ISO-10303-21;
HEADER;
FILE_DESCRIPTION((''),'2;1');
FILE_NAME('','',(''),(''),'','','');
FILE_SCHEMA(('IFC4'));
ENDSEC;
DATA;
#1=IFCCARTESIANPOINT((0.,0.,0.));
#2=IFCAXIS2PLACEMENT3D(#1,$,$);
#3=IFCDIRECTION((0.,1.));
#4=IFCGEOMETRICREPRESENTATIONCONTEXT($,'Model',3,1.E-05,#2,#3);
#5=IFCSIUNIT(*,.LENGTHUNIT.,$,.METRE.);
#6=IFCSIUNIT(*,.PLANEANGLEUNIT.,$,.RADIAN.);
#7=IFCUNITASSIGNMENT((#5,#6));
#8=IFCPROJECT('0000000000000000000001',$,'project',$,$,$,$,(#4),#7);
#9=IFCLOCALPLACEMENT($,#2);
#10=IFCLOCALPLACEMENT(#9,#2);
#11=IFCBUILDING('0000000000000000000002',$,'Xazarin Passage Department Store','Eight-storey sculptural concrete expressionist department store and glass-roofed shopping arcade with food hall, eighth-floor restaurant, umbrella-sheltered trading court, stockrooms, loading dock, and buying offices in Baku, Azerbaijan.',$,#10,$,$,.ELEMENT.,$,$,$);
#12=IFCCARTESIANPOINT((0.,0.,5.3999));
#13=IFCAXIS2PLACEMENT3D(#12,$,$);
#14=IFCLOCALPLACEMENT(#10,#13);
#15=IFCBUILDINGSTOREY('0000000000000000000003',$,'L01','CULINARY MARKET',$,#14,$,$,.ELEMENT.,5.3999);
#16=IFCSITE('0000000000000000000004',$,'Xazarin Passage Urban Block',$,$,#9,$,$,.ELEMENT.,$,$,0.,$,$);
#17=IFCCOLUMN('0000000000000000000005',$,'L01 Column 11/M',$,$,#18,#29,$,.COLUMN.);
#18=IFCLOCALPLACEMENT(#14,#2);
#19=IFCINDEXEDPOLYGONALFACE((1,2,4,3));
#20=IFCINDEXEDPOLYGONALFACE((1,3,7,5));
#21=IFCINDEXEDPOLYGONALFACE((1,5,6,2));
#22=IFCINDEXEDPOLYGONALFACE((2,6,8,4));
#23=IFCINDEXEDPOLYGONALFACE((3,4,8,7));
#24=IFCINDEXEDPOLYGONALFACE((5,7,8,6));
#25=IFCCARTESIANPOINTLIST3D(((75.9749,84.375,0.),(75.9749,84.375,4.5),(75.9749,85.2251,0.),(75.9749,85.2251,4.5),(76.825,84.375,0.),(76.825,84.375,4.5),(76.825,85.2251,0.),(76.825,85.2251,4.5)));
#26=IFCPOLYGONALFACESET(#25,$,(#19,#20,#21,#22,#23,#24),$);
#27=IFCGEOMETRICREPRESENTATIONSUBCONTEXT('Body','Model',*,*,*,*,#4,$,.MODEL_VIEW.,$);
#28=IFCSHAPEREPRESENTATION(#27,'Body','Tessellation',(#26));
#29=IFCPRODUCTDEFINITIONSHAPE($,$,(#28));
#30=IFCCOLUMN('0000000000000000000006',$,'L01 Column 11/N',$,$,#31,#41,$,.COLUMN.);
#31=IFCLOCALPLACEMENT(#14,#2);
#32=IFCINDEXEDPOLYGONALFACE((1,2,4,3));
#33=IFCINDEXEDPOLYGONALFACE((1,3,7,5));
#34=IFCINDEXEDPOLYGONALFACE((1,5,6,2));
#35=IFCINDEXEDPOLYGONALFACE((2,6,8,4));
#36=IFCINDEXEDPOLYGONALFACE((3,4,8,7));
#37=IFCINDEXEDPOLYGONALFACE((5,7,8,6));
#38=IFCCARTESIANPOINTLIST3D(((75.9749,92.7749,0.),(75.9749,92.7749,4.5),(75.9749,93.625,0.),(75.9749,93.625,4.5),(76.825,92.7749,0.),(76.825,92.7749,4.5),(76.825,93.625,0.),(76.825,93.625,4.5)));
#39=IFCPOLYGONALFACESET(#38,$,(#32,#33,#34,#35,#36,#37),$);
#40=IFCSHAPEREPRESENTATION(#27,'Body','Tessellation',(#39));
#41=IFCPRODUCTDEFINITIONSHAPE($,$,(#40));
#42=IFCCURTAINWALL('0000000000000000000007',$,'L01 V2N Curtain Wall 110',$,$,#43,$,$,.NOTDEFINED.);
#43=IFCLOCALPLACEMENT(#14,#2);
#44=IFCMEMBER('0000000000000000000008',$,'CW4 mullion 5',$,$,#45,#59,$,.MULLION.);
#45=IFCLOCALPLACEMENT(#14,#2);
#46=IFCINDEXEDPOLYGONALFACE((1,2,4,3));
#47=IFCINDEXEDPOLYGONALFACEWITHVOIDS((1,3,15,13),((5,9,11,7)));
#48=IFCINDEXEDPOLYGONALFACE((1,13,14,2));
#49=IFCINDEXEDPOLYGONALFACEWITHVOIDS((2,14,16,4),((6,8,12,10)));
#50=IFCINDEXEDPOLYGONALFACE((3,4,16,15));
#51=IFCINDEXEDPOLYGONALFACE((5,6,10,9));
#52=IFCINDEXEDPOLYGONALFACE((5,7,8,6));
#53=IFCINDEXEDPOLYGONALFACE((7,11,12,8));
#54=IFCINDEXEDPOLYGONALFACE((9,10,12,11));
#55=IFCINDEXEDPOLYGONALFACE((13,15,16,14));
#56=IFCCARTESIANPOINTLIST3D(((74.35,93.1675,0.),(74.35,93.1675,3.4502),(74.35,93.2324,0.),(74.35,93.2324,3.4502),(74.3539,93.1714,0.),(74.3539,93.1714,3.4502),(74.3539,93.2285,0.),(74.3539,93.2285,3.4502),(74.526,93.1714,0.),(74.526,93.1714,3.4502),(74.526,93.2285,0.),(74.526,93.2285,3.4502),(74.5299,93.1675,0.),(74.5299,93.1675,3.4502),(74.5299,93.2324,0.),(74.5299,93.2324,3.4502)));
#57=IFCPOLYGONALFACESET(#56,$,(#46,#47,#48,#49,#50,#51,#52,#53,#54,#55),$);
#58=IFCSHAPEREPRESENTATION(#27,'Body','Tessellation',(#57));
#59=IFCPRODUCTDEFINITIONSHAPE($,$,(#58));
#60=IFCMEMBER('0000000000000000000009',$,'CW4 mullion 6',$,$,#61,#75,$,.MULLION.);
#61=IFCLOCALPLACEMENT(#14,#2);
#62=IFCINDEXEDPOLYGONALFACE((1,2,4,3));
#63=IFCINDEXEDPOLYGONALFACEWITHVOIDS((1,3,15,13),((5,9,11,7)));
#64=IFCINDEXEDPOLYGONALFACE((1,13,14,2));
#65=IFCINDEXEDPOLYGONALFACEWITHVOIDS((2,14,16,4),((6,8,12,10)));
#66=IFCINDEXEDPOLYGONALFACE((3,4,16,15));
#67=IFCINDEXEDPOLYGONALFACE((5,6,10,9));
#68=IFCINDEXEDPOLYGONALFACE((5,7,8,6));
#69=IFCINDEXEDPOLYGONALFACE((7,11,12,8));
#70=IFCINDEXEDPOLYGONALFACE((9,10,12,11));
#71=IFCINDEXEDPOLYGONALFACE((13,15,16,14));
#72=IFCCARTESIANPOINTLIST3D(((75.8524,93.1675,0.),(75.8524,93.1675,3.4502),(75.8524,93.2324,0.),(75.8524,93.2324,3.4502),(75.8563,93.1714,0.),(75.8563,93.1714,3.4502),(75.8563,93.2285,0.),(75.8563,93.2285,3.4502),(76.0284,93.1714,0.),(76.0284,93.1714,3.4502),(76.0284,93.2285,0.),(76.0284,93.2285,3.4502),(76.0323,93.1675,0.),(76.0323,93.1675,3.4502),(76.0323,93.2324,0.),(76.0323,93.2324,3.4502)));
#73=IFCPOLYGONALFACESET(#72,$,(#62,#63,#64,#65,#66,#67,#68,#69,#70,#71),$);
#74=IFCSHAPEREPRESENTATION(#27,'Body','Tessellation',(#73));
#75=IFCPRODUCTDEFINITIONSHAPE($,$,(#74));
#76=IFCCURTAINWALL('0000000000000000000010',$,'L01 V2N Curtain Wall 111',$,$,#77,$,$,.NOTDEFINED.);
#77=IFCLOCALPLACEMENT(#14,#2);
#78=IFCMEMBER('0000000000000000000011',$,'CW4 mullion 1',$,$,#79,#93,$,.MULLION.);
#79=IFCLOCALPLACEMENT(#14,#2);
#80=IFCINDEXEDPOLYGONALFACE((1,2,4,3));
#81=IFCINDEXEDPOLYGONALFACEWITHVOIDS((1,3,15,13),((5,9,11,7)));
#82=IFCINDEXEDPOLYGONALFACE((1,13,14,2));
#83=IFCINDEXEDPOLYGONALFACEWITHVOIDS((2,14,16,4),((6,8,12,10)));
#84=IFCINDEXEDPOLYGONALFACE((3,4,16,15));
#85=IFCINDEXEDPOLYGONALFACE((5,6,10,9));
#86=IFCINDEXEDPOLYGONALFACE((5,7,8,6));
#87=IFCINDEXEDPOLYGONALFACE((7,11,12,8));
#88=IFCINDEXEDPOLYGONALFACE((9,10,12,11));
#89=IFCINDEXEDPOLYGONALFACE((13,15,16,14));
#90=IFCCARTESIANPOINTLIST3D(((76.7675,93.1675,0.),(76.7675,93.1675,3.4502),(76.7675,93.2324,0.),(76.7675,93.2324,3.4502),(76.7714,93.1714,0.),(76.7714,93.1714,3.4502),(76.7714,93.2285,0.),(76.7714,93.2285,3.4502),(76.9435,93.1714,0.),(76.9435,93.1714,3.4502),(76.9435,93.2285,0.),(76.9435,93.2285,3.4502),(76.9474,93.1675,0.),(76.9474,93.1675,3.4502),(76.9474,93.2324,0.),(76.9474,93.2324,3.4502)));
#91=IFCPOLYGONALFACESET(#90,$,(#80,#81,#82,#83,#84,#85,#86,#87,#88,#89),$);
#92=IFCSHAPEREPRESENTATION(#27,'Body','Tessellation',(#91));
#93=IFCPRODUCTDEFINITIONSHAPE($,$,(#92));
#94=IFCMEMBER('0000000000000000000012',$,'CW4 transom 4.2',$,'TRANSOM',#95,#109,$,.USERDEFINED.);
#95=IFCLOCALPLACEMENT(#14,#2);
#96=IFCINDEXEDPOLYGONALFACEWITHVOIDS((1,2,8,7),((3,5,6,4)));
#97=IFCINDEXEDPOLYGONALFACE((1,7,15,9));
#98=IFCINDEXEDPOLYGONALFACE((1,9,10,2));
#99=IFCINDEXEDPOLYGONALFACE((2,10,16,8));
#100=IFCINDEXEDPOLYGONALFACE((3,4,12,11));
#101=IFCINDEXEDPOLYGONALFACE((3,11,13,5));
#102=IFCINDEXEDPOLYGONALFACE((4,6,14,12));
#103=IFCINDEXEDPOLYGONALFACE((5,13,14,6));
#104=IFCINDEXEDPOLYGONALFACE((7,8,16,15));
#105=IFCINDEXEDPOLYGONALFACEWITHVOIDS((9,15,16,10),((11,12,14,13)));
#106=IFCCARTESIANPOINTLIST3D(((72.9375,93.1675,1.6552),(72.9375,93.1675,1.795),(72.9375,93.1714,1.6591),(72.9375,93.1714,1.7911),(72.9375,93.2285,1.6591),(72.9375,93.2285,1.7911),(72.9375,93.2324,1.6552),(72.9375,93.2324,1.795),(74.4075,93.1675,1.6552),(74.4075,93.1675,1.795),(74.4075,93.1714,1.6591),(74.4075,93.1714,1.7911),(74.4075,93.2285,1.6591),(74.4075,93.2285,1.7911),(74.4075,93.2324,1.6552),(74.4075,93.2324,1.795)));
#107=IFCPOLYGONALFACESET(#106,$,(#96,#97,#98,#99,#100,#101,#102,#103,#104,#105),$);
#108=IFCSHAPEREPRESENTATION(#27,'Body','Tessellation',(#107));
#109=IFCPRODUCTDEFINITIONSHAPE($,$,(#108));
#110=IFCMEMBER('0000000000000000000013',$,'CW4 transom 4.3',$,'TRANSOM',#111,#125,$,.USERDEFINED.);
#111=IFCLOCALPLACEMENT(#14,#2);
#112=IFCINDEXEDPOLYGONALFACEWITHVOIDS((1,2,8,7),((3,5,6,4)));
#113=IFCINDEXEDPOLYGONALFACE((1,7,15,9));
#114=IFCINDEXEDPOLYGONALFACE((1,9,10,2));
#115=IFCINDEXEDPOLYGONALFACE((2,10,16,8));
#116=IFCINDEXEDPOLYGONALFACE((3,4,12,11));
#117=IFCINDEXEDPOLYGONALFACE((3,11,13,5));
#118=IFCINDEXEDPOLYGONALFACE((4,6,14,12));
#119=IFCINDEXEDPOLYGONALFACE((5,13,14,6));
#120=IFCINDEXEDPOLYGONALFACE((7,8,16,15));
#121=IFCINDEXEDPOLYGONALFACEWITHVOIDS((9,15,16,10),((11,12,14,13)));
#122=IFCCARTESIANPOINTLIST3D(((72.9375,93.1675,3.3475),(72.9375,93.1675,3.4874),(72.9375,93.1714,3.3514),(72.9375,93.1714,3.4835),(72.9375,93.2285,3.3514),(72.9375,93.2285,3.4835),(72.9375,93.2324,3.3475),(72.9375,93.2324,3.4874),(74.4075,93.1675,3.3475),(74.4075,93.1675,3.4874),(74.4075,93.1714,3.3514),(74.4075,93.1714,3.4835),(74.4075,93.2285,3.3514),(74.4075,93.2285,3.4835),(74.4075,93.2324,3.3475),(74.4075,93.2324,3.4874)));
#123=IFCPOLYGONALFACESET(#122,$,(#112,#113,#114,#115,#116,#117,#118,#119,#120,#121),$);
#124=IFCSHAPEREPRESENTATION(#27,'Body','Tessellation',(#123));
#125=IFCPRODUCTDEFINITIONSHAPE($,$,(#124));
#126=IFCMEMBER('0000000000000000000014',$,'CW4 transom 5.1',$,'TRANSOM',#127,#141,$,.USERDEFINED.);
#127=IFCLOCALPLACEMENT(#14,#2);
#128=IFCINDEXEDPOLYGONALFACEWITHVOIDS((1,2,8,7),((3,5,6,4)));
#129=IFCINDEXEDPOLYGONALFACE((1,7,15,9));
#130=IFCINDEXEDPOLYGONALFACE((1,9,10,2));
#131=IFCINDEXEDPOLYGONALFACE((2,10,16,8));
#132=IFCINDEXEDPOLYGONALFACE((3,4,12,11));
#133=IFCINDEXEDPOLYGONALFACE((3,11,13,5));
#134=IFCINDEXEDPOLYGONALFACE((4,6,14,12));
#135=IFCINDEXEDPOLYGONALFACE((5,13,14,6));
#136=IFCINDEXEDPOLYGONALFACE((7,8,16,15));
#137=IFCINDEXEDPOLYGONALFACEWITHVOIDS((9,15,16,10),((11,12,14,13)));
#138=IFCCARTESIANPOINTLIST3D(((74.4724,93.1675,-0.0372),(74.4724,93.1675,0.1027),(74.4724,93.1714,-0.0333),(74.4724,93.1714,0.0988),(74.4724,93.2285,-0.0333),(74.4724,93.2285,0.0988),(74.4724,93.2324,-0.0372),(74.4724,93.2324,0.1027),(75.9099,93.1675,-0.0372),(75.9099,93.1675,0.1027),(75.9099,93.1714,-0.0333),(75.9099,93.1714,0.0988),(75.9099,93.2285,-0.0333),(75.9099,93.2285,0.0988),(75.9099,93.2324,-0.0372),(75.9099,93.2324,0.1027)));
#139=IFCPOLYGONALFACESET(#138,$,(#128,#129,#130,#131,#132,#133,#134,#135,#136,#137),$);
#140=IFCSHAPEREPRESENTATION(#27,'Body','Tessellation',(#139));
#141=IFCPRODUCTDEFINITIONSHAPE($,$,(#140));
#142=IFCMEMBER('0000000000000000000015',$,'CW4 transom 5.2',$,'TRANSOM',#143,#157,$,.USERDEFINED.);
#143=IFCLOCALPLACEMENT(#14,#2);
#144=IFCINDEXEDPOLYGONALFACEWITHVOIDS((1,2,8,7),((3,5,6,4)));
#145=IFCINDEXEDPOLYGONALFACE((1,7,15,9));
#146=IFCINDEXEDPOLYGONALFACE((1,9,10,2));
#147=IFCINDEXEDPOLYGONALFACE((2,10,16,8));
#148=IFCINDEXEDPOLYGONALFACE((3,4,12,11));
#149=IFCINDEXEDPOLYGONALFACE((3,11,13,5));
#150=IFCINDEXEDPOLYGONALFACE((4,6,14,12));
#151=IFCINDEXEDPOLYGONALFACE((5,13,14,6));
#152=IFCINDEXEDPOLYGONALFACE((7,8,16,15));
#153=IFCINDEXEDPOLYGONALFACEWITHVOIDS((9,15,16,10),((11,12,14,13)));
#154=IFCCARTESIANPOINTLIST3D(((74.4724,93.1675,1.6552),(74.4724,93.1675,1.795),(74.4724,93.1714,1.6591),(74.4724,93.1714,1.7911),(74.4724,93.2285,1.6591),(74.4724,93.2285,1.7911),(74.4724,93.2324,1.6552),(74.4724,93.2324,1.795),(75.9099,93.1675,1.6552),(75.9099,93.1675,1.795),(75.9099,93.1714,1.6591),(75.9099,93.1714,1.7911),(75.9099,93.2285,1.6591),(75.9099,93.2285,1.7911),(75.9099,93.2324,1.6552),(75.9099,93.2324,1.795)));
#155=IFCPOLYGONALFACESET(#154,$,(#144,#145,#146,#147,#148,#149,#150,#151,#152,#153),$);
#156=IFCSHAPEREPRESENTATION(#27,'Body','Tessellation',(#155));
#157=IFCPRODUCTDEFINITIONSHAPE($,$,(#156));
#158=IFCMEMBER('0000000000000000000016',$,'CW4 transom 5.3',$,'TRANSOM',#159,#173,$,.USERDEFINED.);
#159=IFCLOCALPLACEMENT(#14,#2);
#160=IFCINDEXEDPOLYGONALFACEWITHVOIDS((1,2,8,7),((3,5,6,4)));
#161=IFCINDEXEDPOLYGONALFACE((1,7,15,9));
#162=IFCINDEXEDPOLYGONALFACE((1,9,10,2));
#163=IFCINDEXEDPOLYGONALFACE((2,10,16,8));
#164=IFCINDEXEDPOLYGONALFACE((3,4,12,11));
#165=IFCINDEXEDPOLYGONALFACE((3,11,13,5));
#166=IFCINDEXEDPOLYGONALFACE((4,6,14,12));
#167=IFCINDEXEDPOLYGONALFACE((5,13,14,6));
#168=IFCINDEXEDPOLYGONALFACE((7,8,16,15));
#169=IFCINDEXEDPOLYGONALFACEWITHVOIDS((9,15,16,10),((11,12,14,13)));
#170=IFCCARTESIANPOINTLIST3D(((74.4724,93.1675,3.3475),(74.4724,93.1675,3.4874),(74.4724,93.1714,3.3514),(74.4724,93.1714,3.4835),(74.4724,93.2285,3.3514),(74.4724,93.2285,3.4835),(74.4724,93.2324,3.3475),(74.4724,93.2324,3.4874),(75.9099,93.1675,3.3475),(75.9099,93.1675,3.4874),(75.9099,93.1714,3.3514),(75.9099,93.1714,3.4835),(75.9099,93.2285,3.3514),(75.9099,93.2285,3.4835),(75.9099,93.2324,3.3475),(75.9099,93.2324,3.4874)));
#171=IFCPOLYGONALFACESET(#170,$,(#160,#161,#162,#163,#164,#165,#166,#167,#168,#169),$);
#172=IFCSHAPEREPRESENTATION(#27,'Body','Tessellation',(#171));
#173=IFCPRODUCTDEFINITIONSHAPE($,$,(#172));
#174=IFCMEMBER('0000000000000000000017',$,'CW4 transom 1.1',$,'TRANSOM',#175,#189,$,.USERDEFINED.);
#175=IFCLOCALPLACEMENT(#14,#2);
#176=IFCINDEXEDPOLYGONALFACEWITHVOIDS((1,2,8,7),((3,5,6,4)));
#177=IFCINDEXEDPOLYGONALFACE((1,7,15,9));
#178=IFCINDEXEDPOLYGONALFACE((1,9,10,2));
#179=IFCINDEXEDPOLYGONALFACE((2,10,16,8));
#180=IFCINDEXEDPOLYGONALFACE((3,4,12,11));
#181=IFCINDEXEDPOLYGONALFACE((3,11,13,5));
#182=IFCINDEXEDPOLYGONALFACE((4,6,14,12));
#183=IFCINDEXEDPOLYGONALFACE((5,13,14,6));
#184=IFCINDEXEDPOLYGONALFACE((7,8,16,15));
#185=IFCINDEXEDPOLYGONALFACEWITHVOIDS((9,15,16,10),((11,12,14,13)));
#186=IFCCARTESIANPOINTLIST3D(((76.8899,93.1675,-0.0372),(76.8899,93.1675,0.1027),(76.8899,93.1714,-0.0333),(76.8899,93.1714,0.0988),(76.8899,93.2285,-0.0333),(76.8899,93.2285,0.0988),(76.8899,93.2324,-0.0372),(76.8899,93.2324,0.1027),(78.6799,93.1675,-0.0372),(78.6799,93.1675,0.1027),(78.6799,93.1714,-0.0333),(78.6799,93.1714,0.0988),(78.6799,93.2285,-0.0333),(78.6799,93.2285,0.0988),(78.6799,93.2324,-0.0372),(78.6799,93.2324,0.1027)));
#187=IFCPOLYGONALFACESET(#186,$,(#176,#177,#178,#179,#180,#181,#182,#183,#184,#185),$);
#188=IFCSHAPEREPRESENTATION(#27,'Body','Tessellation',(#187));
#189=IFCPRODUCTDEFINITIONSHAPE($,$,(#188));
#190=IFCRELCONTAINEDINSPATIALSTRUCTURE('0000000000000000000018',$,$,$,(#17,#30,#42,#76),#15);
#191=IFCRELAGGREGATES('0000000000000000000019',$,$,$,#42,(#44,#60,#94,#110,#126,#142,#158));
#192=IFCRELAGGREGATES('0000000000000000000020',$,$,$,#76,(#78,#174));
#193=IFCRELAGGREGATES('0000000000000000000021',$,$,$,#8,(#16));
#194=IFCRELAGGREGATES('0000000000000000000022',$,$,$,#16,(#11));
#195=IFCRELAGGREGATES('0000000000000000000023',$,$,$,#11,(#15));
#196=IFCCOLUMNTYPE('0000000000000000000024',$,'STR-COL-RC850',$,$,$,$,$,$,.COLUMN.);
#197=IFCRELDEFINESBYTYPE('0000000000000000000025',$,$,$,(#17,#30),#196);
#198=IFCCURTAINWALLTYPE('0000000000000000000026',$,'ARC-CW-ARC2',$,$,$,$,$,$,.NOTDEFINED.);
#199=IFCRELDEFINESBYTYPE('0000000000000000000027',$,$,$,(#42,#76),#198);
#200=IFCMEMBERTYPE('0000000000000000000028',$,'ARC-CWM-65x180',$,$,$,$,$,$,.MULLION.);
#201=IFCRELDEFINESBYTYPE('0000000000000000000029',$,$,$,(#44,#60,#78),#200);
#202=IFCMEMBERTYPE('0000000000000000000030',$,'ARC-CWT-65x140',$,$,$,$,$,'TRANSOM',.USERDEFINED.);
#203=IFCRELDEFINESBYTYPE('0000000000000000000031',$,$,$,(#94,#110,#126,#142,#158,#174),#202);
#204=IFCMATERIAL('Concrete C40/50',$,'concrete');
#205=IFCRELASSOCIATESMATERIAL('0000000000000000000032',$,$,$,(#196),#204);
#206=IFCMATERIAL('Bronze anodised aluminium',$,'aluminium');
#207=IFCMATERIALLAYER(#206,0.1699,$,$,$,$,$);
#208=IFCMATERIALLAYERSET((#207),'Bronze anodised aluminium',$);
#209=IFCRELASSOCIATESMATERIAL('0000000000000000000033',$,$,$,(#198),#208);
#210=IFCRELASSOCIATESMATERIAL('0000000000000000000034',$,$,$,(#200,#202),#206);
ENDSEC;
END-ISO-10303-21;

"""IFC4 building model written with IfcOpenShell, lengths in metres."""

from ifc_helpers import new_model, si_unit, direction, frame, origin, origin_2d, place, context, subcontext, project, spatial, rectangle, hollow_rectangle, extrude, material, layer, layer_set, material_profile, profile_set, type_object, element, aggregate, save


model = new_model("IFC4")

# Units and contexts
model_context = context("Model", 3, precision=1e-05, world=origin(), true_north=direction((0.0, 1.0)))
body_context = subcontext(model_context, "Body", "Model", "MODEL_VIEW")
ifc_project = project(units=[si_unit("LENGTHUNIT", "METRE"), si_unit("PLANEANGLEUNIT", "RADIAN")], contexts=[model_context])

# Site, building, storey
site_placement = place(None, origin())
site = spatial("IfcSite", under=ifc_project, at=site_placement, Name="Xazarin Passage Urban Block", CompositionType="ELEMENT", RefElevation=0.0)
building_placement = place(site_placement, origin())
building = spatial("IfcBuilding", under=site, at=building_placement, Name="Xazarin Passage Department Store", Description="Eight-storey sculptural concrete expressionist department store and glass-roofed shopping arcade with food hall, eighth-floor restaurant, umbrella-sheltered trading court, stockrooms, loading dock, and buying offices in Baku, Azerbaijan.", CompositionType="ELEMENT")
storey_placement = place(building_placement, frame((0.0, 0.0, 5.3999)))
storey = spatial("IfcBuildingStorey", under=building, at=storey_placement, Name="L01", Description="CULINARY MARKET", CompositionType="ELEMENT", Elevation=5.3999)

# Columns
ifc_material_1 = material(Name="Concrete C40/50", Category="concrete")
ifc_material_profile_1 = material_profile(ifc_material_1, rectangle(XDim=0.8501, YDim=0.8501, at=origin_2d()), Name="RC 850x850")
ifc_profile_set_1 = profile_set([ifc_material_profile_1], Name="Concrete C40/50")
column_type = type_object("IfcColumnType", Name="STR-COL-RC850", PredefinedType="COLUMN", material=ifc_profile_set_1)
for number, where, z_axis, x_axis, name in (
    (1, (76.3999, 84.8, 0.0), (0.0, 0.0, 1.0), (1.0, 0.0, 0.0), "L01 Column 11/M"),
    (2, (76.3999, 93.2, 0.0), (0.0, 0.0, 1.0), (1.0, 0.0, 0.0), "L01 Column 11/N"),
):
    element("IfcColumn", number, at=place(storey_placement, frame(where, z_axis=z_axis, x_axis=x_axis)), inside=storey, type_object=column_type, Name=name, PredefinedType="COLUMN", context=body_context, shape_type="SweptSolid", body=[
        extrude(rectangle(XDim=0.8501, YDim=0.8501, at=origin_2d()), origin(), (0.0, 0.0, 1.0), 4.5),
    ])

# Curtain wall, members
ifc_material_2 = material(Name="Bronze anodised aluminium", Category="aluminium")
ifc_layer_1 = layer(ifc_material_2, 0.1699)
ifc_layer_set_1 = layer_set([ifc_layer_1], Name="Bronze anodised aluminium")
curtain_wall_type = type_object("IfcCurtainWallType", Name="ARC-CW-ARC2", PredefinedType="NOTDEFINED", material=ifc_layer_set_1)
curtain_wall_1_placement = place(storey_placement, origin())
curtain_wall_1 = element("IfcCurtainWall", 3, at=curtain_wall_1_placement, inside=storey, type_object=curtain_wall_type, Name="L01 V2N Curtain Wall 110", PredefinedType="NOTDEFINED")
ifc_material_profile_2 = material_profile(ifc_material_2, hollow_rectangle(XDim=0.0649, YDim=0.1799, WallThickness=0.0039, at=origin_2d()), Name="ALU 65x180")
ifc_profile_set_2 = profile_set([ifc_material_profile_2], Name="Bronze anodised aluminium")
member_type_1 = type_object("IfcMemberType", Name="ARC-CWM-65x180", PredefinedType="MULLION", material=ifc_profile_set_2)
member_1_placement = place(storey_placement, frame((74.4399, 93.2, 0.0), z_axis=(0.0, 0.0, 1.0), x_axis=(0.0, 1.0, 0.0)))
member_1 = element("IfcMember", 4, at=member_1_placement, type_object=member_type_1, Name="CW4 mullion 5", PredefinedType="MULLION", context=body_context, shape_type="SweptSolid", body=[
    extrude(hollow_rectangle(XDim=0.0649, YDim=0.1799, WallThickness=0.0039, at=origin_2d()), origin(), (0.0, 0.0, 1.0), 3.4502),
])
member_2_placement = place(storey_placement, frame((75.9424, 93.2, 0.0), z_axis=(0.0, 0.0, 1.0), x_axis=(0.0, 1.0, 0.0)))
member_2 = element("IfcMember", 5, at=member_2_placement, type_object=member_type_1, Name="CW4 mullion 6", PredefinedType="MULLION", context=body_context, shape_type="SweptSolid", body=[
    extrude(hollow_rectangle(XDim=0.0649, YDim=0.1799, WallThickness=0.0039, at=origin_2d()), origin(), (0.0, 0.0, 1.0), 3.4502),
])

# Curtain wall, member
curtain_wall_2_placement = place(storey_placement, origin())
curtain_wall_2 = element("IfcCurtainWall", 6, at=curtain_wall_2_placement, inside=storey, type_object=curtain_wall_type, Name="L01 V2N Curtain Wall 111", PredefinedType="NOTDEFINED")
member_3_placement = place(storey_placement, frame((76.8574, 93.2, 0.0), z_axis=(0.0, 0.0, 1.0), x_axis=(0.0, 1.0, 0.0)))
member_3 = element("IfcMember", 7, at=member_3_placement, type_object=member_type_1, Name="CW4 mullion 1", PredefinedType="MULLION", context=body_context, shape_type="SweptSolid", body=[
    extrude(hollow_rectangle(XDim=0.0649, YDim=0.1799, WallThickness=0.0039, at=origin_2d()), origin(), (0.0, 0.0, 1.0), 3.4502),
])

# Members
ifc_material_profile_3 = material_profile(ifc_material_2, hollow_rectangle(XDim=0.0649, YDim=0.1399, WallThickness=0.0039, at=origin_2d()), Name="ALU 65x140")
ifc_profile_set_3 = profile_set([ifc_material_profile_3], Name="Bronze anodised aluminium")
member_type_2 = type_object("IfcMemberType", Name="ARC-CWT-65x140", ElementType="TRANSOM", PredefinedType="USERDEFINED", material=ifc_profile_set_3)
member_4_placement = place(storey_placement, frame((72.9375, 93.2, 1.7251), z_axis=(1.0, 0.0, 0.0), x_axis=(0.0, 1.0, 0.0)))
member_4 = element("IfcMember", 8, at=member_4_placement, type_object=member_type_2, Name="CW4 transom 4.2", ObjectType="TRANSOM", PredefinedType="USERDEFINED", context=body_context, shape_type="SweptSolid", body=[
    extrude(hollow_rectangle(XDim=0.0649, YDim=0.1399, WallThickness=0.0039, at=origin_2d()), origin(), (0.0, 0.0, 1.0), 1.47),
])
member_5_placement = place(storey_placement, frame((72.9375, 93.2, 3.4175), z_axis=(1.0, 0.0, 0.0), x_axis=(0.0, 1.0, 0.0)))
member_5 = element("IfcMember", 9, at=member_5_placement, type_object=member_type_2, Name="CW4 transom 4.3", ObjectType="TRANSOM", PredefinedType="USERDEFINED", context=body_context, shape_type="SweptSolid", body=[
    extrude(hollow_rectangle(XDim=0.0649, YDim=0.1399, WallThickness=0.0039, at=origin_2d()), origin(), (0.0, 0.0, 1.0), 1.47),
])
member_6_placement = place(storey_placement, frame((74.4724, 93.2, 0.0327), z_axis=(1.0, 0.0, 0.0), x_axis=(0.0, 1.0, 0.0)))
member_6 = element("IfcMember", 10, at=member_6_placement, type_object=member_type_2, Name="CW4 transom 5.1", ObjectType="TRANSOM", PredefinedType="USERDEFINED", context=body_context, shape_type="SweptSolid", body=[
    extrude(hollow_rectangle(XDim=0.0649, YDim=0.1399, WallThickness=0.0039, at=origin_2d()), origin(), (0.0, 0.0, 1.0), 1.4375),
])
member_7_placement = place(storey_placement, frame((74.4724, 93.2, 1.7251), z_axis=(1.0, 0.0, 0.0), x_axis=(0.0, 1.0, 0.0)))
member_7 = element("IfcMember", 11, at=member_7_placement, type_object=member_type_2, Name="CW4 transom 5.2", ObjectType="TRANSOM", PredefinedType="USERDEFINED", context=body_context, shape_type="SweptSolid", body=[
    extrude(hollow_rectangle(XDim=0.0649, YDim=0.1399, WallThickness=0.0039, at=origin_2d()), origin(), (0.0, 0.0, 1.0), 1.4375),
])
member_8_placement = place(storey_placement, frame((74.4724, 93.2, 3.4175), z_axis=(1.0, 0.0, 0.0), x_axis=(0.0, 1.0, 0.0)))
member_8 = element("IfcMember", 12, at=member_8_placement, type_object=member_type_2, Name="CW4 transom 5.3", ObjectType="TRANSOM", PredefinedType="USERDEFINED", context=body_context, shape_type="SweptSolid", body=[
    extrude(hollow_rectangle(XDim=0.0649, YDim=0.1399, WallThickness=0.0039, at=origin_2d()), origin(), (0.0, 0.0, 1.0), 1.4375),
])
member_9_placement = place(storey_placement, frame((76.8899, 93.2, 0.0327), z_axis=(1.0, 0.0, 0.0), x_axis=(0.0, 1.0, 0.0)))
member_9 = element("IfcMember", 13, at=member_9_placement, type_object=member_type_2, Name="CW4 transom 1.1", ObjectType="TRANSOM", PredefinedType="USERDEFINED", context=body_context, shape_type="SweptSolid", body=[
    extrude(hollow_rectangle(XDim=0.0649, YDim=0.1399, WallThickness=0.0039, at=origin_2d()), origin(), (0.0, 0.0, 1.0), 1.79),
])

aggregate(curtain_wall_1, [member_1, member_2, member_4, member_5, member_6, member_7, member_8])
aggregate(curtain_wall_2, [member_3, member_9])

save(model, "model.ifc")
